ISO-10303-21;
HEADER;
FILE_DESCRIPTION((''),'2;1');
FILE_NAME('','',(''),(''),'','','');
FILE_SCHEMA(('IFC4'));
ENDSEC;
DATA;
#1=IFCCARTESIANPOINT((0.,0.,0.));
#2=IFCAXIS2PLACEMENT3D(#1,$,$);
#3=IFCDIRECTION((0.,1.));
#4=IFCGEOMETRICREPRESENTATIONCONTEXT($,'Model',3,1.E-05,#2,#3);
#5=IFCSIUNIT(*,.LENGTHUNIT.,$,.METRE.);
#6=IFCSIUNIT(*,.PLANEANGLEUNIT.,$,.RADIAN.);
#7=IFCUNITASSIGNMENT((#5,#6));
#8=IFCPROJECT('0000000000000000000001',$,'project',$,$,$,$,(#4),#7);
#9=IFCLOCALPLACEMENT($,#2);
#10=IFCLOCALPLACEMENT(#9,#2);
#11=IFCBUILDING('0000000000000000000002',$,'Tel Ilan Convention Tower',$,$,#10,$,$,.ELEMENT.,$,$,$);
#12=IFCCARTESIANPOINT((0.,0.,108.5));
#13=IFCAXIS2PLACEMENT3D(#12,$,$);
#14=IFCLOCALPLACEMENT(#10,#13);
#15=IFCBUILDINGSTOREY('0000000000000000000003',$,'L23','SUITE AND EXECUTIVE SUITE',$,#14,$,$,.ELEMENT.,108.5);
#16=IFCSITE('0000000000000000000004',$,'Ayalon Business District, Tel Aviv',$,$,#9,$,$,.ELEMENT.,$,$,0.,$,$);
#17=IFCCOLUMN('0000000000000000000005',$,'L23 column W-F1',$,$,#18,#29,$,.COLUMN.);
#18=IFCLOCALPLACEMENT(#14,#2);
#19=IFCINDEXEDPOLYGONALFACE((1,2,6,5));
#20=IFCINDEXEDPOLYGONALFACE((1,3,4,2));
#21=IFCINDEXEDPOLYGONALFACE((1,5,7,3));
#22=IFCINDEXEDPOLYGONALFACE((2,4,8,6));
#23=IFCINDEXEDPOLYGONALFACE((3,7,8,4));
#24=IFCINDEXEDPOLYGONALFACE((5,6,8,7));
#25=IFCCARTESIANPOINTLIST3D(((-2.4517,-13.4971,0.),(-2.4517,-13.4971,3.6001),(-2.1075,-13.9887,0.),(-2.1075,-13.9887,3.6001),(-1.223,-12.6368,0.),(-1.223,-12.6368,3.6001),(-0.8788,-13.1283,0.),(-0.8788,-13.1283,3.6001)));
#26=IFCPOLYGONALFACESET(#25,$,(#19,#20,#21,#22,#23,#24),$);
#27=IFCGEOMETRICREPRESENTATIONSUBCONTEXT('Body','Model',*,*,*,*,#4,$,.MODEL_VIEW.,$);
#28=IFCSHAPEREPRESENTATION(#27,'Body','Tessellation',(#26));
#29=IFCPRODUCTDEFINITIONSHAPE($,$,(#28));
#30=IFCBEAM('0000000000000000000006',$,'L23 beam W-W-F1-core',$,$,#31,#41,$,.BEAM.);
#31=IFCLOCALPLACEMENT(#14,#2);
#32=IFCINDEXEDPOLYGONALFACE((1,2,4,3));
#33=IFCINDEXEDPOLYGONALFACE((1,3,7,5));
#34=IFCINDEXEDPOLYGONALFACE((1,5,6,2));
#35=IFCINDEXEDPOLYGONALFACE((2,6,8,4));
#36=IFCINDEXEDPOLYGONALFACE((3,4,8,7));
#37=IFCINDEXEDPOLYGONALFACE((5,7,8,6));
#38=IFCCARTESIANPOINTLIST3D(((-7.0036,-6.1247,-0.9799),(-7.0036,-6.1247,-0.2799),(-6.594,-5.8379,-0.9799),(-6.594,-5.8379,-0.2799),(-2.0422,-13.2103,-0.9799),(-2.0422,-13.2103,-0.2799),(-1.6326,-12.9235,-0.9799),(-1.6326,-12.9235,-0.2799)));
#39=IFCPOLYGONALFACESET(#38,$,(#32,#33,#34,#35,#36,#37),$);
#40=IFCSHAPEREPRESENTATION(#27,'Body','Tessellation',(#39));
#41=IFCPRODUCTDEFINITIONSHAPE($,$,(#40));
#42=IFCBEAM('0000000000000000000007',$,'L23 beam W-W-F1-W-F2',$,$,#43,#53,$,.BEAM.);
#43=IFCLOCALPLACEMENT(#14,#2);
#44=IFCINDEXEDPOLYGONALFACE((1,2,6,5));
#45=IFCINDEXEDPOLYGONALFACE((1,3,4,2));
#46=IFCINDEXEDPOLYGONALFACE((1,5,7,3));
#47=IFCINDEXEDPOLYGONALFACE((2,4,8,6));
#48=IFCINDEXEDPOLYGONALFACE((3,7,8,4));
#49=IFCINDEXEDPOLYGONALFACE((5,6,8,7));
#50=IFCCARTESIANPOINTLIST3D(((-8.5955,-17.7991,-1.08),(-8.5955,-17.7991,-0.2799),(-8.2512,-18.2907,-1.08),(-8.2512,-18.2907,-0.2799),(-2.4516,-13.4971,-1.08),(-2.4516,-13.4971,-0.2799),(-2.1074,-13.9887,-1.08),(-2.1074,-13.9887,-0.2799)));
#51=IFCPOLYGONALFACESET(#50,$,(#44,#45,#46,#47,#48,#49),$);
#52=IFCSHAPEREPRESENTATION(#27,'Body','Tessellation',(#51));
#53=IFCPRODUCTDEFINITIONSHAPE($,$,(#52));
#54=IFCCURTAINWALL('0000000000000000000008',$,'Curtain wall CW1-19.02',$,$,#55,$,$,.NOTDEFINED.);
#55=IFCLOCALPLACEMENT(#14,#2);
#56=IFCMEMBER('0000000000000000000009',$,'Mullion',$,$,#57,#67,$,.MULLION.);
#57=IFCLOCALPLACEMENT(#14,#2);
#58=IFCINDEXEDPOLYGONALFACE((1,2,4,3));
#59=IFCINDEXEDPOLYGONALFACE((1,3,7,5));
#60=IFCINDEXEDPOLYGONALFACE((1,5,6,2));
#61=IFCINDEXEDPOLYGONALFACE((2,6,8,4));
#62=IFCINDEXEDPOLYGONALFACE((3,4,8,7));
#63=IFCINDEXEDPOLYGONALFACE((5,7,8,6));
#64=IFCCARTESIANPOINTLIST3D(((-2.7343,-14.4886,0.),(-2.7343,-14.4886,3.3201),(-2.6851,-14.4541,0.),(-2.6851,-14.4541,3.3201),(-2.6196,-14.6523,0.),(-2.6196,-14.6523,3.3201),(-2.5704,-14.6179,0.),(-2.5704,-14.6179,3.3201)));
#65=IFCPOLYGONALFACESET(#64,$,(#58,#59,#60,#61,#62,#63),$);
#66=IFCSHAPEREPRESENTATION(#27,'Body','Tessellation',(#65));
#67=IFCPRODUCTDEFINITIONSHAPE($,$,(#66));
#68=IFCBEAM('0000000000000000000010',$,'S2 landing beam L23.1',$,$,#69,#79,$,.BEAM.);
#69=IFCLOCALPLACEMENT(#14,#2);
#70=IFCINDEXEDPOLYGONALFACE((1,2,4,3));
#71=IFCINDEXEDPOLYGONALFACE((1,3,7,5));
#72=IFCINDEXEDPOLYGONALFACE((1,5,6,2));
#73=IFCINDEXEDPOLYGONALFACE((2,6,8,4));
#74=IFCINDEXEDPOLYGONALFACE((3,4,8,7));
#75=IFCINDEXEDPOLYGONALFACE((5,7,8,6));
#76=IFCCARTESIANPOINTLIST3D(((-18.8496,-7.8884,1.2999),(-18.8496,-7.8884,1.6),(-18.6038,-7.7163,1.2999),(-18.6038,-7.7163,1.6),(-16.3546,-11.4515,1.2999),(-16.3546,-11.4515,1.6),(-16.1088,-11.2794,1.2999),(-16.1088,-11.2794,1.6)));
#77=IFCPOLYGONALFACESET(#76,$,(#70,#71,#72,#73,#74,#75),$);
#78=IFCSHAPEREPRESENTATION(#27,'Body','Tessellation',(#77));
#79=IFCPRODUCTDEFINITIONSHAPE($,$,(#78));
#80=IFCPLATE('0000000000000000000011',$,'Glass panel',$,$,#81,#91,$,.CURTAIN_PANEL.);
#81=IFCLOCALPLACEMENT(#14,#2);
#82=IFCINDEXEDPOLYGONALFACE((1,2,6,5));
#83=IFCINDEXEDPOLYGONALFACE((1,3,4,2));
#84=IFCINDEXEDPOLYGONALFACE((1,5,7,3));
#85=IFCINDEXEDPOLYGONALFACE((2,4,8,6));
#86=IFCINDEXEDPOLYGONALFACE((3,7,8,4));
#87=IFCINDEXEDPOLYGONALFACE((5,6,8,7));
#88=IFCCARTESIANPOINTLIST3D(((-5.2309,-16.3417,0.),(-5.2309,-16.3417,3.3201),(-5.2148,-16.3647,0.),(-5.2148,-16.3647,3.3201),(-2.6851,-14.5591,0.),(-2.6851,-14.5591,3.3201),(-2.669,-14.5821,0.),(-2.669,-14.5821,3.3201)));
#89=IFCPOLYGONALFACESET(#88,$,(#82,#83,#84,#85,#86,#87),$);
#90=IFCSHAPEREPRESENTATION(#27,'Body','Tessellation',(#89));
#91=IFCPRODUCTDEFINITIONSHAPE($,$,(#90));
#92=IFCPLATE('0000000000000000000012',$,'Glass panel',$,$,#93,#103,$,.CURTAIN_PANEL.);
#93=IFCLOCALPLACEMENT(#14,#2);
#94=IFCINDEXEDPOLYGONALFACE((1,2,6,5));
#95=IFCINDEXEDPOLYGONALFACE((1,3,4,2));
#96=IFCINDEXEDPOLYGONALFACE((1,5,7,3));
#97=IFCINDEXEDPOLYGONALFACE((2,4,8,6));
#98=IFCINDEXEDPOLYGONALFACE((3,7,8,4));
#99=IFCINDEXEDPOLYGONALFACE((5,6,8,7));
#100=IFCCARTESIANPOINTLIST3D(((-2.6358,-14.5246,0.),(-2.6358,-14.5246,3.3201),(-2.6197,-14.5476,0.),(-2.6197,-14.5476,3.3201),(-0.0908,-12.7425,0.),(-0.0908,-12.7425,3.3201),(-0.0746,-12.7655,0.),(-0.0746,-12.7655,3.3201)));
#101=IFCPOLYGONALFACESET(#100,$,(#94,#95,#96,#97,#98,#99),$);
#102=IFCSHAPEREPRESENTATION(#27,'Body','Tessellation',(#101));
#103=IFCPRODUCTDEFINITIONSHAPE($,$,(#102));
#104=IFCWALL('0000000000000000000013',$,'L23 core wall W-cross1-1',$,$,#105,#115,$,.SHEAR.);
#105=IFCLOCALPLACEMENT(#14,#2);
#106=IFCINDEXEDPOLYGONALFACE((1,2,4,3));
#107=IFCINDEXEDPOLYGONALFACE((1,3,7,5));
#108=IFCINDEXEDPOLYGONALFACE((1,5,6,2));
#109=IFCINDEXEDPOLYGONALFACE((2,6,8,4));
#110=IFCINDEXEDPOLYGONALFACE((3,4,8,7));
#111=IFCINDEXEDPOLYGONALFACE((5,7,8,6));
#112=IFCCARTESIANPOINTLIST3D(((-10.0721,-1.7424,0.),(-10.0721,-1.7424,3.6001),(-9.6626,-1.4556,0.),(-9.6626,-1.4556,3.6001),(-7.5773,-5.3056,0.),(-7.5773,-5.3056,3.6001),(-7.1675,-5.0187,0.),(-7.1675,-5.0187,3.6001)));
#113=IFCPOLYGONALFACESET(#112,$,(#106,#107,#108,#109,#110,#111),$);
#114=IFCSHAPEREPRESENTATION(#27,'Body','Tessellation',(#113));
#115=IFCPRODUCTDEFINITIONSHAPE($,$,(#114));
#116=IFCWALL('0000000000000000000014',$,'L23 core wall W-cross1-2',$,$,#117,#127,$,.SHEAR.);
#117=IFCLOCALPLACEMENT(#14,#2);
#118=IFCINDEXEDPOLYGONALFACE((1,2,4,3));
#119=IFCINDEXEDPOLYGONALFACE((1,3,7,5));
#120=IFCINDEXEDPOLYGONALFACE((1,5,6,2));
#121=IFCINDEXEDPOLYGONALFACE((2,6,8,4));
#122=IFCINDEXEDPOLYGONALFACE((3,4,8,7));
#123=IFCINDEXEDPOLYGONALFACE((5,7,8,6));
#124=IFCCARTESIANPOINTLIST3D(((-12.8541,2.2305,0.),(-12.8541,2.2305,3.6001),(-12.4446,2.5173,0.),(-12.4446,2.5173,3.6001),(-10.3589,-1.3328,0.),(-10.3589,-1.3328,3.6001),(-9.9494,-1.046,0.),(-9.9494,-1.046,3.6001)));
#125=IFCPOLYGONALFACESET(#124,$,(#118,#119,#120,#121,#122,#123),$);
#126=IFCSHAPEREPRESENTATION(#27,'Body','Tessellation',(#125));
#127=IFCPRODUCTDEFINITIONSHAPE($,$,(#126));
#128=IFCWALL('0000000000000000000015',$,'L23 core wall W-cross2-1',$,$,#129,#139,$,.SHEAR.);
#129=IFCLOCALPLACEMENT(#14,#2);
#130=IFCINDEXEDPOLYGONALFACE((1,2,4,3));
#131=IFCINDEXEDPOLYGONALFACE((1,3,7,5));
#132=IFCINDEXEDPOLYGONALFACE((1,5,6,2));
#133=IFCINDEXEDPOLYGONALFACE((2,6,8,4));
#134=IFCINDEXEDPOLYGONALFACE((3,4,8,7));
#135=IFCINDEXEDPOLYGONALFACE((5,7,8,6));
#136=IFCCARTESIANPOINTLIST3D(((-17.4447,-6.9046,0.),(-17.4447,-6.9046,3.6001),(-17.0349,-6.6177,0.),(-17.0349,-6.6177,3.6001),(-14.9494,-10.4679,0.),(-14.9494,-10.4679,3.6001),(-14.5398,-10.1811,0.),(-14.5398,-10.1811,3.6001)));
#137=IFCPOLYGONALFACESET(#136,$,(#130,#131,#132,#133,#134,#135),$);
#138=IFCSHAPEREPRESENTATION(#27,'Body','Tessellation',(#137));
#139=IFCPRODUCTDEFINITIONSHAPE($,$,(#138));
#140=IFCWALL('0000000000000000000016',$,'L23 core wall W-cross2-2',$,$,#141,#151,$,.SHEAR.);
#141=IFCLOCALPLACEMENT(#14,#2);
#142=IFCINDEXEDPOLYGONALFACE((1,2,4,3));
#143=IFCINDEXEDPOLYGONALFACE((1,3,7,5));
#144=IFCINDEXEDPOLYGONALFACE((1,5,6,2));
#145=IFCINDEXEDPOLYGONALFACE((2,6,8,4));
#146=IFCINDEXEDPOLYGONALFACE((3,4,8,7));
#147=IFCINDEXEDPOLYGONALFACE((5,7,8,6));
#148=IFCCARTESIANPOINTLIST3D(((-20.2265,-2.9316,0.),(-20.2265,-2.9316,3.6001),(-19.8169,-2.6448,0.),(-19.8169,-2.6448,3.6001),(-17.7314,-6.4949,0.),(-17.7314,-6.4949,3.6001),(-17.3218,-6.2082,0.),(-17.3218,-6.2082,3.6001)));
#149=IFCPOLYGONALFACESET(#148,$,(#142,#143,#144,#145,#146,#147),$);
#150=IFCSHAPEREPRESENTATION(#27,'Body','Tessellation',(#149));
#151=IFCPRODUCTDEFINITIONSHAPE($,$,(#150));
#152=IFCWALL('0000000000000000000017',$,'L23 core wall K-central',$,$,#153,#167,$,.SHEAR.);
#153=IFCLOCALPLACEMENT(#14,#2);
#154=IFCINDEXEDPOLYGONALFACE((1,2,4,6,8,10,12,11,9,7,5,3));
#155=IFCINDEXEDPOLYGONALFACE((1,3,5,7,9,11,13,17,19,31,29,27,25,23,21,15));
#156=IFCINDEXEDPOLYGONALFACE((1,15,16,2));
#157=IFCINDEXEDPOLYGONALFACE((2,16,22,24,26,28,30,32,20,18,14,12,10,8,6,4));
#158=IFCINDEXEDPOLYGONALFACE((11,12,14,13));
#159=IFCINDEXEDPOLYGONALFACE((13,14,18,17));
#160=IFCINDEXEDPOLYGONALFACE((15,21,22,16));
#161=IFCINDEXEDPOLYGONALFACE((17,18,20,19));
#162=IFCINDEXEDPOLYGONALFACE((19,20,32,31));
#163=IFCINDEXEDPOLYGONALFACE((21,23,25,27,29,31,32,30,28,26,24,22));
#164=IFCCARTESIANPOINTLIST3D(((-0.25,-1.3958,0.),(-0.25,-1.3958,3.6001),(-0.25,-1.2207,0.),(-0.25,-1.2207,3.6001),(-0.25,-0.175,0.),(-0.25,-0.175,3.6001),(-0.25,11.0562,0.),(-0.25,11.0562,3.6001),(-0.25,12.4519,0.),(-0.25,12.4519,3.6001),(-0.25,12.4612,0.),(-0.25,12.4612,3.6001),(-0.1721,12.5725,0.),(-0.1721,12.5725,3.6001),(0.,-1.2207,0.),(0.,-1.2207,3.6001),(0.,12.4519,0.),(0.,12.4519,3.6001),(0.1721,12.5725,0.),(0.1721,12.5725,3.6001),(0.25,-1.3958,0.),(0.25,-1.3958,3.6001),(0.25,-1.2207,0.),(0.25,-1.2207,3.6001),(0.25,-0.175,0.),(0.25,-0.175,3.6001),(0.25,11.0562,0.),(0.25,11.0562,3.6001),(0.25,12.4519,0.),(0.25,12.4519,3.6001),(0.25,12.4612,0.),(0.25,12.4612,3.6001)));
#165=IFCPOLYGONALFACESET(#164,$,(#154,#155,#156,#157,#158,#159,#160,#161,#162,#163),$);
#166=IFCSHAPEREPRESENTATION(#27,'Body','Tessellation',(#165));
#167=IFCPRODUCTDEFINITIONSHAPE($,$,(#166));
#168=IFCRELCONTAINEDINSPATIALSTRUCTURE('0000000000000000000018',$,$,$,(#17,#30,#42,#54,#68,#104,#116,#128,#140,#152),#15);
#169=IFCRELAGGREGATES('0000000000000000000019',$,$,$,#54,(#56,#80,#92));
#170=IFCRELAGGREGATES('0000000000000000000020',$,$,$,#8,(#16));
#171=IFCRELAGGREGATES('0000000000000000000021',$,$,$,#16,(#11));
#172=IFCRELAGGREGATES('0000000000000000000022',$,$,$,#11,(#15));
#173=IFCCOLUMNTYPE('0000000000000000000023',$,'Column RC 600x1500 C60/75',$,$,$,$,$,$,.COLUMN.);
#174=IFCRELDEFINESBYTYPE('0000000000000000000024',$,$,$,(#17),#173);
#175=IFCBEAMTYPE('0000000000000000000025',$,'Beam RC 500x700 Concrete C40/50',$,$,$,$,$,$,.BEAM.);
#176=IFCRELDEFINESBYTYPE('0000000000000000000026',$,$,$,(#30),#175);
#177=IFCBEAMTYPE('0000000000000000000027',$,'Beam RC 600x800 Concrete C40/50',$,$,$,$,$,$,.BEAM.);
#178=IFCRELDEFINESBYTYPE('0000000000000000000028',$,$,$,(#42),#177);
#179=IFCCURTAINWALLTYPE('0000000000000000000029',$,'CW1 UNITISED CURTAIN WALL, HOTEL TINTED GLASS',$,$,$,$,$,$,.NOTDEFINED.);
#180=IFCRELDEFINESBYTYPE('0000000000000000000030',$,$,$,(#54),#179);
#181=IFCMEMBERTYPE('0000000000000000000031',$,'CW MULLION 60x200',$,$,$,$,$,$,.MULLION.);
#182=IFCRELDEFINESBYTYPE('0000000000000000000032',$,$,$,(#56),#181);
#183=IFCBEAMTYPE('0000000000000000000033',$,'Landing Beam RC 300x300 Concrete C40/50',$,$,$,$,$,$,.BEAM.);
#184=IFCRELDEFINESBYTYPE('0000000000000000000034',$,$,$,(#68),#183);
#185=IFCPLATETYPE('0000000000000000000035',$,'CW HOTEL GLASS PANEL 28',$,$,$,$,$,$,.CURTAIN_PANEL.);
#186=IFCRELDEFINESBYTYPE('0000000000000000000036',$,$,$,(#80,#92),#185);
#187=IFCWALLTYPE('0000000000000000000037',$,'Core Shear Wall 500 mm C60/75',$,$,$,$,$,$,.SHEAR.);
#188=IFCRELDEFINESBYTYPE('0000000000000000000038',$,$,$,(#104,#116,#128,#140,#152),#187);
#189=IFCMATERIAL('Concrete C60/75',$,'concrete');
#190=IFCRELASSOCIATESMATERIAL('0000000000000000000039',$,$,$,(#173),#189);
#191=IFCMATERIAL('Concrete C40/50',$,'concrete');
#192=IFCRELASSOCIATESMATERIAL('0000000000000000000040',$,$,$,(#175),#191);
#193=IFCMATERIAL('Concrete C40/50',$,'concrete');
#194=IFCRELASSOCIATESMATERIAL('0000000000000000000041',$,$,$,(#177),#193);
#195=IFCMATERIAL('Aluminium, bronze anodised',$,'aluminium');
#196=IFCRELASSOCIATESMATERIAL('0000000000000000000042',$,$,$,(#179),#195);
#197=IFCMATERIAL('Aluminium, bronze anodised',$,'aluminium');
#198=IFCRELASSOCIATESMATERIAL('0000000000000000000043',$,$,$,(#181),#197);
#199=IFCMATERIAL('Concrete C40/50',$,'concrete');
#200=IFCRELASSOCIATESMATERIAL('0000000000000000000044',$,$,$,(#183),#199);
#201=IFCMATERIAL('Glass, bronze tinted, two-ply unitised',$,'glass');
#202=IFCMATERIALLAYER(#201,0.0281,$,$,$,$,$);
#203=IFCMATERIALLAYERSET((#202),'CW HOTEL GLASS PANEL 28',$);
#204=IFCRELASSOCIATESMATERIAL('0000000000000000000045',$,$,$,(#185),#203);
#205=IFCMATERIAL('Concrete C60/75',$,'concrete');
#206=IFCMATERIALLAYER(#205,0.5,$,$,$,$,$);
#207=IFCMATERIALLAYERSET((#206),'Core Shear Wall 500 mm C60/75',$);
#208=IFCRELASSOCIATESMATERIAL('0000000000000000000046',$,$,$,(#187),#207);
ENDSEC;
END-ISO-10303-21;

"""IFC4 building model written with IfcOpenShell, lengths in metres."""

from ifc_helpers import new_model, si_unit, direction, frame, origin, origin_2d, place, context, subcontext, project, spatial, polyline, rectangle, outline, extrude, material, layer, layer_set, material_profile, profile_set, type_object, element, aggregate, save


model = new_model("IFC4")

# Units and contexts
model_context = context("Model", 3, precision=1e-05, world=origin(), true_north=direction((0.0, 1.0)))
body_context = subcontext(model_context, "Body", "Model", "MODEL_VIEW")
ifc_project = project(units=[si_unit("LENGTHUNIT", "METRE"), si_unit("PLANEANGLEUNIT", "RADIAN")], contexts=[model_context])

# Site, building, storey
site_placement = place(None, origin())
site = spatial("IfcSite", under=ifc_project, at=site_placement, Name="Ayalon Business District, Tel Aviv", CompositionType="ELEMENT", RefElevation=0.0)
building_placement = place(site_placement, origin())
building = spatial("IfcBuilding", under=site, at=building_placement, Name="Tel Ilan Convention Tower", CompositionType="ELEMENT")
storey_placement = place(building_placement, frame((0.0, 0.0, 108.5)))
storey = spatial("IfcBuildingStorey", under=building, at=storey_placement, Name="L23", Description="SUITE AND EXECUTIVE SUITE", CompositionType="ELEMENT", Elevation=108.5)

# Column
ifc_material_1 = material(Name="Concrete C60/75", Category="concrete")
ifc_material_profile_1 = material_profile(ifc_material_1, rectangle(XDim=1.5, YDim=0.6001, at=origin_2d()), Name="RC 600x1500")
ifc_profile_set_1 = profile_set([ifc_material_profile_1], Name="Concrete C60/75")
column_type = type_object("IfcColumnType", Name="Column RC 600x1500 C60/75", PredefinedType="COLUMN", material=ifc_profile_set_1)
column_placement = place(storey_placement, frame((-1.6653, -13.3127, 0.0), z_axis=(0.0, 0.0, 1.0), x_axis=(-0.819152, -0.573576, 0.0)))
element("IfcColumn", 1, at=column_placement, inside=storey, type_object=column_type, Name="L23 column W-F1", PredefinedType="COLUMN", context=body_context, shape_type="SweptSolid", body=[
    extrude(rectangle(XDim=1.5, YDim=0.6001, at=origin_2d()), origin(), (0.0, 0.0, 1.0), 3.6001),
])

# Beams
ifc_material_2 = material(Name="Concrete C40/50", Category="concrete")
ifc_material_profile_2 = material_profile(ifc_material_2, rectangle(XDim=0.5, YDim=0.7, at=origin_2d()), Name="RC 500x700")
ifc_profile_set_2 = profile_set([ifc_material_profile_2], Name="Concrete C40/50")
beam_type_1 = type_object("IfcBeamType", Name="Beam RC 500x700 Concrete C40/50", PredefinedType="BEAM", material=ifc_profile_set_2)
beam_1_placement = place(storey_placement, frame((-1.8374, -13.0669, -0.6299), z_axis=(-0.573574, 0.819154, 0.0), x_axis=(-0.819154, -0.573574, 0.0)))
element("IfcBeam", 2, at=beam_1_placement, inside=storey, type_object=beam_type_1, Name="L23 beam W-W-F1-core", PredefinedType="BEAM", context=body_context, shape_type="SweptSolid", body=[
    extrude(rectangle(XDim=0.5, YDim=0.7, at=origin_2d()), origin(), (0.0, 0.0, 1.0), 8.6499),
])
ifc_material_3 = material(Name="Concrete C40/50", Category="concrete")
ifc_material_profile_3 = material_profile(ifc_material_3, rectangle(XDim=0.6001, YDim=0.8, at=origin_2d()), Name="RC 600x800")
ifc_profile_set_3 = profile_set([ifc_material_profile_3], Name="Concrete C40/50")
beam_type_2 = type_object("IfcBeamType", Name="Beam RC 600x800 Concrete C40/50", PredefinedType="BEAM", material=ifc_profile_set_3)
beam_2_placement = place(storey_placement, frame((-2.2795, -13.7429, -0.6799), z_axis=(-0.819148, -0.573582, 0.0), x_axis=(0.573582, -0.819148, 0.0)))
element("IfcBeam", 3, at=beam_2_placement, inside=storey, type_object=beam_type_2, Name="L23 beam W-W-F1-W-F2", PredefinedType="BEAM", context=body_context, shape_type="SweptSolid", body=[
    extrude(rectangle(XDim=0.6001, YDim=0.8, at=origin_2d()), origin(), (0.0, 0.0, 1.0), 7.5002),
])

# Curtain wall, member
ifc_material_4 = material(Name="Aluminium, bronze anodised", Category="aluminium")
curtain_wall_type = type_object("IfcCurtainWallType", Name="CW1 UNITISED CURTAIN WALL, HOTEL TINTED GLASS", PredefinedType="NOTDEFINED", material=ifc_material_4)
curtain_wall_placement = place(storey_placement, origin())
curtain_wall = element("IfcCurtainWall", 4, at=curtain_wall_placement, inside=storey, type_object=curtain_wall_type, Name="Curtain wall CW1-19.02", PredefinedType="NOTDEFINED")
ifc_material_5 = material(Name="Aluminium, bronze anodised", Category="aluminium")
ifc_material_profile_4 = material_profile(ifc_material_5, rectangle(XDim=0.0601, YDim=0.2, at=origin_2d()), Name="CW MULLION 60x200")
ifc_profile_set_4 = profile_set([ifc_material_profile_4], Name="Aluminium, bronze anodised")
member_type = type_object("IfcMemberType", Name="CW MULLION 60x200", PredefinedType="MULLION", material=ifc_profile_set_4)
member_placement = place(storey_placement, frame((-2.6523, -14.5532, 0.0), z_axis=(0.0, 0.0, 1.0), x_axis=(0.819152, 0.573576, 0.0)))
member = element("IfcMember", 5, at=member_placement, type_object=member_type, Name="Mullion", PredefinedType="MULLION", context=body_context, shape_type="SweptSolid", body=[
    extrude(rectangle(XDim=0.0601, YDim=0.2, at=origin_2d()), origin(), (0.0, 0.0, 1.0), 3.3201),
])

# Beam
ifc_material_6 = material(Name="Concrete C40/50", Category="concrete")
ifc_material_profile_5 = material_profile(ifc_material_6, rectangle(XDim=0.3, YDim=0.3, at=origin_2d()), Name="RC 300x300")
ifc_profile_set_5 = profile_set([ifc_material_profile_5], Name="Concrete C40/50")
beam_type_3 = type_object("IfcBeamType", Name="Landing Beam RC 300x300 Concrete C40/50", PredefinedType="BEAM", material=ifc_profile_set_5)
beam_3_placement = place(storey_placement, frame((-16.2317, -11.3655, 1.45), z_axis=(-0.573594, 0.81914, 0.0), x_axis=(-0.81914, -0.573594, 0.0)))
element("IfcBeam", 6, at=beam_3_placement, inside=storey, type_object=beam_type_3, Name="S2 landing beam L23.1", PredefinedType="BEAM", context=body_context, shape_type="SweptSolid", body=[
    extrude(rectangle(XDim=0.3, YDim=0.3, at=origin_2d()), origin(), (0.0, 0.0, 1.0), 4.3499),
])

# Plates
ifc_material_7 = material(Name="Glass, bronze tinted, two-ply unitised", Category="glass")
ifc_layer_1 = layer(ifc_material_7, 0.0281)
ifc_layer_set_1 = layer_set([ifc_layer_1], Name="CW HOTEL GLASS PANEL 28")
plate_type = type_object("IfcPlateType", Name="CW HOTEL GLASS PANEL 28", PredefinedType="CURTAIN_PANEL", material=ifc_layer_set_1)
plate_1_placement = place(storey_placement, frame((-3.95, -15.4619, 0.0), z_axis=(0.0, 0.0, 1.0), x_axis=(0.819152, 0.573576, 0.0)))
plate_1 = element("IfcPlate", 7, at=plate_1_placement, type_object=plate_type, Name="Glass panel", PredefinedType="CURTAIN_PANEL", context=body_context, shape_type="SweptSolid", body=[
    extrude(rectangle(XDim=3.1079, YDim=0.0281, at=origin_2d()), origin(), (0.0, 0.0, 1.0), 3.3201),
])
plate_2_placement = place(storey_placement, frame((-1.3552, -13.645, 0.0), z_axis=(0.0, 0.0, 1.0), x_axis=(0.819152, 0.573576, 0.0)))
plate_2 = element("IfcPlate", 8, at=plate_2_placement, type_object=plate_type, Name="Glass panel", PredefinedType="CURTAIN_PANEL", context=body_context, shape_type="SweptSolid", body=[
    extrude(rectangle(XDim=3.1069, YDim=0.0281, at=origin_2d()), origin(), (0.0, 0.0, 1.0), 3.3201),
])
aggregate(curtain_wall, [member, plate_1, plate_2])

# Walls
ifc_material_8 = material(Name="Concrete C60/75", Category="concrete")
ifc_layer_2 = layer(ifc_material_8, 0.5)
ifc_layer_set_2 = layer_set([ifc_layer_2], Name="Core Shear Wall 500 mm C60/75")
wall_type_1 = type_object("IfcWallType", Name="Core Shear Wall 500 mm C60/75", PredefinedType="SHEAR", material=ifc_layer_set_2)
wall_1_placement = place(storey_placement, frame((-7.3723, -5.1621, 0.0), z_axis=(0.0, 0.0, 1.0), x_axis=(-0.573594, 0.81914, 0.0)))
element("IfcWall", 9, at=wall_1_placement, inside=storey, type_object=wall_type_1, Name="L23 core wall W-cross1-1", PredefinedType="SHEAR", context=body_context, shape_type="SweptSolid", body=[
    extrude(outline(polyline([(4.3499, 0.25), (0.0, 0.2502), (0.0, -0.25), (4.3499, -0.25), (4.3499, 0.25)])), origin(), (0.0, 0.0, 1.0), 3.6001),
])
wall_2_placement = place(storey_placement, frame((-10.1543, -1.1892, 0.0), z_axis=(0.0, 0.0, 1.0), x_axis=(-0.573594, 0.81914, 0.0)))
element("IfcWall", 10, at=wall_2_placement, inside=storey, type_object=wall_type_1, Name="L23 core wall W-cross1-2", PredefinedType="SHEAR", context=body_context, shape_type="SweptSolid", body=[
    extrude(outline(polyline([(4.3499, -0.25), (4.3499, 0.25), (-0.0002, 0.25), (-0.0002, -0.25), (4.3499, -0.25)])), origin(), (0.0, 0.0, 1.0), 3.6001),
])
wall_3_placement = place(storey_placement, frame((-14.7446, -10.3245, 0.0), z_axis=(0.0, 0.0, 1.0), x_axis=(-0.573568, 0.819158, 0.0)))
element("IfcWall", 11, at=wall_3_placement, inside=storey, type_object=wall_type_1, Name="L23 core wall W-cross2-1", PredefinedType="SHEAR", context=body_context, shape_type="SweptSolid", body=[
    extrude(outline(polyline([(4.3501, 0.2502), (0.0, 0.25), (0.0, -0.25), (4.3501, -0.25), (4.3501, 0.2502)])), origin(), (0.0, 0.0, 1.0), 3.6001),
])
wall_4_placement = place(storey_placement, frame((-17.5266, -6.3516, 0.0), z_axis=(0.0, 0.0, 1.0), x_axis=(-0.57353, 0.819184, 0.0)))
element("IfcWall", 12, at=wall_4_placement, inside=storey, type_object=wall_type_1, Name="L23 core wall W-cross2-2", PredefinedType="SHEAR", context=body_context, shape_type="SweptSolid", body=[
    extrude(outline(polyline([(4.3501, -0.2498), (4.3501, 0.2502), (0.0, 0.25), (0.0, -0.25), (4.3501, -0.2498)])), origin(), (0.0, 0.0, 1.0), 3.6001),
])
wall_5_placement = place(storey_placement, frame((0.0, -1.3958, 0.0), z_axis=(0.0, 0.0, 1.0), x_axis=(0.0, 1.0, 0.0)))
element("IfcWall", 13, at=wall_5_placement, inside=storey, type_object=wall_type_1, Name="L23 core wall K-central", PredefinedType="SHEAR", context=body_context, shape_type="SweptSolid", body=[
    extrude(outline(polyline([(0.0, -0.25), (0.175, -0.25), (1.2207, -0.25), (12.4519, -0.25), (13.8477, -0.25), (13.8569, -0.25), (13.9683, -0.1721), (13.8477, 0.0), (13.9683, 0.1721), (13.8569, 0.25), (13.8477, 0.25), (12.4519, 0.25), (1.2207, 0.25), (0.175, 0.25), (0.0, 0.25), (0.175, 0.0), (0.0, -0.25)])), origin(), (0.0, 0.0, 1.0), 3.6001),
])

save(model, "model.ifc")
